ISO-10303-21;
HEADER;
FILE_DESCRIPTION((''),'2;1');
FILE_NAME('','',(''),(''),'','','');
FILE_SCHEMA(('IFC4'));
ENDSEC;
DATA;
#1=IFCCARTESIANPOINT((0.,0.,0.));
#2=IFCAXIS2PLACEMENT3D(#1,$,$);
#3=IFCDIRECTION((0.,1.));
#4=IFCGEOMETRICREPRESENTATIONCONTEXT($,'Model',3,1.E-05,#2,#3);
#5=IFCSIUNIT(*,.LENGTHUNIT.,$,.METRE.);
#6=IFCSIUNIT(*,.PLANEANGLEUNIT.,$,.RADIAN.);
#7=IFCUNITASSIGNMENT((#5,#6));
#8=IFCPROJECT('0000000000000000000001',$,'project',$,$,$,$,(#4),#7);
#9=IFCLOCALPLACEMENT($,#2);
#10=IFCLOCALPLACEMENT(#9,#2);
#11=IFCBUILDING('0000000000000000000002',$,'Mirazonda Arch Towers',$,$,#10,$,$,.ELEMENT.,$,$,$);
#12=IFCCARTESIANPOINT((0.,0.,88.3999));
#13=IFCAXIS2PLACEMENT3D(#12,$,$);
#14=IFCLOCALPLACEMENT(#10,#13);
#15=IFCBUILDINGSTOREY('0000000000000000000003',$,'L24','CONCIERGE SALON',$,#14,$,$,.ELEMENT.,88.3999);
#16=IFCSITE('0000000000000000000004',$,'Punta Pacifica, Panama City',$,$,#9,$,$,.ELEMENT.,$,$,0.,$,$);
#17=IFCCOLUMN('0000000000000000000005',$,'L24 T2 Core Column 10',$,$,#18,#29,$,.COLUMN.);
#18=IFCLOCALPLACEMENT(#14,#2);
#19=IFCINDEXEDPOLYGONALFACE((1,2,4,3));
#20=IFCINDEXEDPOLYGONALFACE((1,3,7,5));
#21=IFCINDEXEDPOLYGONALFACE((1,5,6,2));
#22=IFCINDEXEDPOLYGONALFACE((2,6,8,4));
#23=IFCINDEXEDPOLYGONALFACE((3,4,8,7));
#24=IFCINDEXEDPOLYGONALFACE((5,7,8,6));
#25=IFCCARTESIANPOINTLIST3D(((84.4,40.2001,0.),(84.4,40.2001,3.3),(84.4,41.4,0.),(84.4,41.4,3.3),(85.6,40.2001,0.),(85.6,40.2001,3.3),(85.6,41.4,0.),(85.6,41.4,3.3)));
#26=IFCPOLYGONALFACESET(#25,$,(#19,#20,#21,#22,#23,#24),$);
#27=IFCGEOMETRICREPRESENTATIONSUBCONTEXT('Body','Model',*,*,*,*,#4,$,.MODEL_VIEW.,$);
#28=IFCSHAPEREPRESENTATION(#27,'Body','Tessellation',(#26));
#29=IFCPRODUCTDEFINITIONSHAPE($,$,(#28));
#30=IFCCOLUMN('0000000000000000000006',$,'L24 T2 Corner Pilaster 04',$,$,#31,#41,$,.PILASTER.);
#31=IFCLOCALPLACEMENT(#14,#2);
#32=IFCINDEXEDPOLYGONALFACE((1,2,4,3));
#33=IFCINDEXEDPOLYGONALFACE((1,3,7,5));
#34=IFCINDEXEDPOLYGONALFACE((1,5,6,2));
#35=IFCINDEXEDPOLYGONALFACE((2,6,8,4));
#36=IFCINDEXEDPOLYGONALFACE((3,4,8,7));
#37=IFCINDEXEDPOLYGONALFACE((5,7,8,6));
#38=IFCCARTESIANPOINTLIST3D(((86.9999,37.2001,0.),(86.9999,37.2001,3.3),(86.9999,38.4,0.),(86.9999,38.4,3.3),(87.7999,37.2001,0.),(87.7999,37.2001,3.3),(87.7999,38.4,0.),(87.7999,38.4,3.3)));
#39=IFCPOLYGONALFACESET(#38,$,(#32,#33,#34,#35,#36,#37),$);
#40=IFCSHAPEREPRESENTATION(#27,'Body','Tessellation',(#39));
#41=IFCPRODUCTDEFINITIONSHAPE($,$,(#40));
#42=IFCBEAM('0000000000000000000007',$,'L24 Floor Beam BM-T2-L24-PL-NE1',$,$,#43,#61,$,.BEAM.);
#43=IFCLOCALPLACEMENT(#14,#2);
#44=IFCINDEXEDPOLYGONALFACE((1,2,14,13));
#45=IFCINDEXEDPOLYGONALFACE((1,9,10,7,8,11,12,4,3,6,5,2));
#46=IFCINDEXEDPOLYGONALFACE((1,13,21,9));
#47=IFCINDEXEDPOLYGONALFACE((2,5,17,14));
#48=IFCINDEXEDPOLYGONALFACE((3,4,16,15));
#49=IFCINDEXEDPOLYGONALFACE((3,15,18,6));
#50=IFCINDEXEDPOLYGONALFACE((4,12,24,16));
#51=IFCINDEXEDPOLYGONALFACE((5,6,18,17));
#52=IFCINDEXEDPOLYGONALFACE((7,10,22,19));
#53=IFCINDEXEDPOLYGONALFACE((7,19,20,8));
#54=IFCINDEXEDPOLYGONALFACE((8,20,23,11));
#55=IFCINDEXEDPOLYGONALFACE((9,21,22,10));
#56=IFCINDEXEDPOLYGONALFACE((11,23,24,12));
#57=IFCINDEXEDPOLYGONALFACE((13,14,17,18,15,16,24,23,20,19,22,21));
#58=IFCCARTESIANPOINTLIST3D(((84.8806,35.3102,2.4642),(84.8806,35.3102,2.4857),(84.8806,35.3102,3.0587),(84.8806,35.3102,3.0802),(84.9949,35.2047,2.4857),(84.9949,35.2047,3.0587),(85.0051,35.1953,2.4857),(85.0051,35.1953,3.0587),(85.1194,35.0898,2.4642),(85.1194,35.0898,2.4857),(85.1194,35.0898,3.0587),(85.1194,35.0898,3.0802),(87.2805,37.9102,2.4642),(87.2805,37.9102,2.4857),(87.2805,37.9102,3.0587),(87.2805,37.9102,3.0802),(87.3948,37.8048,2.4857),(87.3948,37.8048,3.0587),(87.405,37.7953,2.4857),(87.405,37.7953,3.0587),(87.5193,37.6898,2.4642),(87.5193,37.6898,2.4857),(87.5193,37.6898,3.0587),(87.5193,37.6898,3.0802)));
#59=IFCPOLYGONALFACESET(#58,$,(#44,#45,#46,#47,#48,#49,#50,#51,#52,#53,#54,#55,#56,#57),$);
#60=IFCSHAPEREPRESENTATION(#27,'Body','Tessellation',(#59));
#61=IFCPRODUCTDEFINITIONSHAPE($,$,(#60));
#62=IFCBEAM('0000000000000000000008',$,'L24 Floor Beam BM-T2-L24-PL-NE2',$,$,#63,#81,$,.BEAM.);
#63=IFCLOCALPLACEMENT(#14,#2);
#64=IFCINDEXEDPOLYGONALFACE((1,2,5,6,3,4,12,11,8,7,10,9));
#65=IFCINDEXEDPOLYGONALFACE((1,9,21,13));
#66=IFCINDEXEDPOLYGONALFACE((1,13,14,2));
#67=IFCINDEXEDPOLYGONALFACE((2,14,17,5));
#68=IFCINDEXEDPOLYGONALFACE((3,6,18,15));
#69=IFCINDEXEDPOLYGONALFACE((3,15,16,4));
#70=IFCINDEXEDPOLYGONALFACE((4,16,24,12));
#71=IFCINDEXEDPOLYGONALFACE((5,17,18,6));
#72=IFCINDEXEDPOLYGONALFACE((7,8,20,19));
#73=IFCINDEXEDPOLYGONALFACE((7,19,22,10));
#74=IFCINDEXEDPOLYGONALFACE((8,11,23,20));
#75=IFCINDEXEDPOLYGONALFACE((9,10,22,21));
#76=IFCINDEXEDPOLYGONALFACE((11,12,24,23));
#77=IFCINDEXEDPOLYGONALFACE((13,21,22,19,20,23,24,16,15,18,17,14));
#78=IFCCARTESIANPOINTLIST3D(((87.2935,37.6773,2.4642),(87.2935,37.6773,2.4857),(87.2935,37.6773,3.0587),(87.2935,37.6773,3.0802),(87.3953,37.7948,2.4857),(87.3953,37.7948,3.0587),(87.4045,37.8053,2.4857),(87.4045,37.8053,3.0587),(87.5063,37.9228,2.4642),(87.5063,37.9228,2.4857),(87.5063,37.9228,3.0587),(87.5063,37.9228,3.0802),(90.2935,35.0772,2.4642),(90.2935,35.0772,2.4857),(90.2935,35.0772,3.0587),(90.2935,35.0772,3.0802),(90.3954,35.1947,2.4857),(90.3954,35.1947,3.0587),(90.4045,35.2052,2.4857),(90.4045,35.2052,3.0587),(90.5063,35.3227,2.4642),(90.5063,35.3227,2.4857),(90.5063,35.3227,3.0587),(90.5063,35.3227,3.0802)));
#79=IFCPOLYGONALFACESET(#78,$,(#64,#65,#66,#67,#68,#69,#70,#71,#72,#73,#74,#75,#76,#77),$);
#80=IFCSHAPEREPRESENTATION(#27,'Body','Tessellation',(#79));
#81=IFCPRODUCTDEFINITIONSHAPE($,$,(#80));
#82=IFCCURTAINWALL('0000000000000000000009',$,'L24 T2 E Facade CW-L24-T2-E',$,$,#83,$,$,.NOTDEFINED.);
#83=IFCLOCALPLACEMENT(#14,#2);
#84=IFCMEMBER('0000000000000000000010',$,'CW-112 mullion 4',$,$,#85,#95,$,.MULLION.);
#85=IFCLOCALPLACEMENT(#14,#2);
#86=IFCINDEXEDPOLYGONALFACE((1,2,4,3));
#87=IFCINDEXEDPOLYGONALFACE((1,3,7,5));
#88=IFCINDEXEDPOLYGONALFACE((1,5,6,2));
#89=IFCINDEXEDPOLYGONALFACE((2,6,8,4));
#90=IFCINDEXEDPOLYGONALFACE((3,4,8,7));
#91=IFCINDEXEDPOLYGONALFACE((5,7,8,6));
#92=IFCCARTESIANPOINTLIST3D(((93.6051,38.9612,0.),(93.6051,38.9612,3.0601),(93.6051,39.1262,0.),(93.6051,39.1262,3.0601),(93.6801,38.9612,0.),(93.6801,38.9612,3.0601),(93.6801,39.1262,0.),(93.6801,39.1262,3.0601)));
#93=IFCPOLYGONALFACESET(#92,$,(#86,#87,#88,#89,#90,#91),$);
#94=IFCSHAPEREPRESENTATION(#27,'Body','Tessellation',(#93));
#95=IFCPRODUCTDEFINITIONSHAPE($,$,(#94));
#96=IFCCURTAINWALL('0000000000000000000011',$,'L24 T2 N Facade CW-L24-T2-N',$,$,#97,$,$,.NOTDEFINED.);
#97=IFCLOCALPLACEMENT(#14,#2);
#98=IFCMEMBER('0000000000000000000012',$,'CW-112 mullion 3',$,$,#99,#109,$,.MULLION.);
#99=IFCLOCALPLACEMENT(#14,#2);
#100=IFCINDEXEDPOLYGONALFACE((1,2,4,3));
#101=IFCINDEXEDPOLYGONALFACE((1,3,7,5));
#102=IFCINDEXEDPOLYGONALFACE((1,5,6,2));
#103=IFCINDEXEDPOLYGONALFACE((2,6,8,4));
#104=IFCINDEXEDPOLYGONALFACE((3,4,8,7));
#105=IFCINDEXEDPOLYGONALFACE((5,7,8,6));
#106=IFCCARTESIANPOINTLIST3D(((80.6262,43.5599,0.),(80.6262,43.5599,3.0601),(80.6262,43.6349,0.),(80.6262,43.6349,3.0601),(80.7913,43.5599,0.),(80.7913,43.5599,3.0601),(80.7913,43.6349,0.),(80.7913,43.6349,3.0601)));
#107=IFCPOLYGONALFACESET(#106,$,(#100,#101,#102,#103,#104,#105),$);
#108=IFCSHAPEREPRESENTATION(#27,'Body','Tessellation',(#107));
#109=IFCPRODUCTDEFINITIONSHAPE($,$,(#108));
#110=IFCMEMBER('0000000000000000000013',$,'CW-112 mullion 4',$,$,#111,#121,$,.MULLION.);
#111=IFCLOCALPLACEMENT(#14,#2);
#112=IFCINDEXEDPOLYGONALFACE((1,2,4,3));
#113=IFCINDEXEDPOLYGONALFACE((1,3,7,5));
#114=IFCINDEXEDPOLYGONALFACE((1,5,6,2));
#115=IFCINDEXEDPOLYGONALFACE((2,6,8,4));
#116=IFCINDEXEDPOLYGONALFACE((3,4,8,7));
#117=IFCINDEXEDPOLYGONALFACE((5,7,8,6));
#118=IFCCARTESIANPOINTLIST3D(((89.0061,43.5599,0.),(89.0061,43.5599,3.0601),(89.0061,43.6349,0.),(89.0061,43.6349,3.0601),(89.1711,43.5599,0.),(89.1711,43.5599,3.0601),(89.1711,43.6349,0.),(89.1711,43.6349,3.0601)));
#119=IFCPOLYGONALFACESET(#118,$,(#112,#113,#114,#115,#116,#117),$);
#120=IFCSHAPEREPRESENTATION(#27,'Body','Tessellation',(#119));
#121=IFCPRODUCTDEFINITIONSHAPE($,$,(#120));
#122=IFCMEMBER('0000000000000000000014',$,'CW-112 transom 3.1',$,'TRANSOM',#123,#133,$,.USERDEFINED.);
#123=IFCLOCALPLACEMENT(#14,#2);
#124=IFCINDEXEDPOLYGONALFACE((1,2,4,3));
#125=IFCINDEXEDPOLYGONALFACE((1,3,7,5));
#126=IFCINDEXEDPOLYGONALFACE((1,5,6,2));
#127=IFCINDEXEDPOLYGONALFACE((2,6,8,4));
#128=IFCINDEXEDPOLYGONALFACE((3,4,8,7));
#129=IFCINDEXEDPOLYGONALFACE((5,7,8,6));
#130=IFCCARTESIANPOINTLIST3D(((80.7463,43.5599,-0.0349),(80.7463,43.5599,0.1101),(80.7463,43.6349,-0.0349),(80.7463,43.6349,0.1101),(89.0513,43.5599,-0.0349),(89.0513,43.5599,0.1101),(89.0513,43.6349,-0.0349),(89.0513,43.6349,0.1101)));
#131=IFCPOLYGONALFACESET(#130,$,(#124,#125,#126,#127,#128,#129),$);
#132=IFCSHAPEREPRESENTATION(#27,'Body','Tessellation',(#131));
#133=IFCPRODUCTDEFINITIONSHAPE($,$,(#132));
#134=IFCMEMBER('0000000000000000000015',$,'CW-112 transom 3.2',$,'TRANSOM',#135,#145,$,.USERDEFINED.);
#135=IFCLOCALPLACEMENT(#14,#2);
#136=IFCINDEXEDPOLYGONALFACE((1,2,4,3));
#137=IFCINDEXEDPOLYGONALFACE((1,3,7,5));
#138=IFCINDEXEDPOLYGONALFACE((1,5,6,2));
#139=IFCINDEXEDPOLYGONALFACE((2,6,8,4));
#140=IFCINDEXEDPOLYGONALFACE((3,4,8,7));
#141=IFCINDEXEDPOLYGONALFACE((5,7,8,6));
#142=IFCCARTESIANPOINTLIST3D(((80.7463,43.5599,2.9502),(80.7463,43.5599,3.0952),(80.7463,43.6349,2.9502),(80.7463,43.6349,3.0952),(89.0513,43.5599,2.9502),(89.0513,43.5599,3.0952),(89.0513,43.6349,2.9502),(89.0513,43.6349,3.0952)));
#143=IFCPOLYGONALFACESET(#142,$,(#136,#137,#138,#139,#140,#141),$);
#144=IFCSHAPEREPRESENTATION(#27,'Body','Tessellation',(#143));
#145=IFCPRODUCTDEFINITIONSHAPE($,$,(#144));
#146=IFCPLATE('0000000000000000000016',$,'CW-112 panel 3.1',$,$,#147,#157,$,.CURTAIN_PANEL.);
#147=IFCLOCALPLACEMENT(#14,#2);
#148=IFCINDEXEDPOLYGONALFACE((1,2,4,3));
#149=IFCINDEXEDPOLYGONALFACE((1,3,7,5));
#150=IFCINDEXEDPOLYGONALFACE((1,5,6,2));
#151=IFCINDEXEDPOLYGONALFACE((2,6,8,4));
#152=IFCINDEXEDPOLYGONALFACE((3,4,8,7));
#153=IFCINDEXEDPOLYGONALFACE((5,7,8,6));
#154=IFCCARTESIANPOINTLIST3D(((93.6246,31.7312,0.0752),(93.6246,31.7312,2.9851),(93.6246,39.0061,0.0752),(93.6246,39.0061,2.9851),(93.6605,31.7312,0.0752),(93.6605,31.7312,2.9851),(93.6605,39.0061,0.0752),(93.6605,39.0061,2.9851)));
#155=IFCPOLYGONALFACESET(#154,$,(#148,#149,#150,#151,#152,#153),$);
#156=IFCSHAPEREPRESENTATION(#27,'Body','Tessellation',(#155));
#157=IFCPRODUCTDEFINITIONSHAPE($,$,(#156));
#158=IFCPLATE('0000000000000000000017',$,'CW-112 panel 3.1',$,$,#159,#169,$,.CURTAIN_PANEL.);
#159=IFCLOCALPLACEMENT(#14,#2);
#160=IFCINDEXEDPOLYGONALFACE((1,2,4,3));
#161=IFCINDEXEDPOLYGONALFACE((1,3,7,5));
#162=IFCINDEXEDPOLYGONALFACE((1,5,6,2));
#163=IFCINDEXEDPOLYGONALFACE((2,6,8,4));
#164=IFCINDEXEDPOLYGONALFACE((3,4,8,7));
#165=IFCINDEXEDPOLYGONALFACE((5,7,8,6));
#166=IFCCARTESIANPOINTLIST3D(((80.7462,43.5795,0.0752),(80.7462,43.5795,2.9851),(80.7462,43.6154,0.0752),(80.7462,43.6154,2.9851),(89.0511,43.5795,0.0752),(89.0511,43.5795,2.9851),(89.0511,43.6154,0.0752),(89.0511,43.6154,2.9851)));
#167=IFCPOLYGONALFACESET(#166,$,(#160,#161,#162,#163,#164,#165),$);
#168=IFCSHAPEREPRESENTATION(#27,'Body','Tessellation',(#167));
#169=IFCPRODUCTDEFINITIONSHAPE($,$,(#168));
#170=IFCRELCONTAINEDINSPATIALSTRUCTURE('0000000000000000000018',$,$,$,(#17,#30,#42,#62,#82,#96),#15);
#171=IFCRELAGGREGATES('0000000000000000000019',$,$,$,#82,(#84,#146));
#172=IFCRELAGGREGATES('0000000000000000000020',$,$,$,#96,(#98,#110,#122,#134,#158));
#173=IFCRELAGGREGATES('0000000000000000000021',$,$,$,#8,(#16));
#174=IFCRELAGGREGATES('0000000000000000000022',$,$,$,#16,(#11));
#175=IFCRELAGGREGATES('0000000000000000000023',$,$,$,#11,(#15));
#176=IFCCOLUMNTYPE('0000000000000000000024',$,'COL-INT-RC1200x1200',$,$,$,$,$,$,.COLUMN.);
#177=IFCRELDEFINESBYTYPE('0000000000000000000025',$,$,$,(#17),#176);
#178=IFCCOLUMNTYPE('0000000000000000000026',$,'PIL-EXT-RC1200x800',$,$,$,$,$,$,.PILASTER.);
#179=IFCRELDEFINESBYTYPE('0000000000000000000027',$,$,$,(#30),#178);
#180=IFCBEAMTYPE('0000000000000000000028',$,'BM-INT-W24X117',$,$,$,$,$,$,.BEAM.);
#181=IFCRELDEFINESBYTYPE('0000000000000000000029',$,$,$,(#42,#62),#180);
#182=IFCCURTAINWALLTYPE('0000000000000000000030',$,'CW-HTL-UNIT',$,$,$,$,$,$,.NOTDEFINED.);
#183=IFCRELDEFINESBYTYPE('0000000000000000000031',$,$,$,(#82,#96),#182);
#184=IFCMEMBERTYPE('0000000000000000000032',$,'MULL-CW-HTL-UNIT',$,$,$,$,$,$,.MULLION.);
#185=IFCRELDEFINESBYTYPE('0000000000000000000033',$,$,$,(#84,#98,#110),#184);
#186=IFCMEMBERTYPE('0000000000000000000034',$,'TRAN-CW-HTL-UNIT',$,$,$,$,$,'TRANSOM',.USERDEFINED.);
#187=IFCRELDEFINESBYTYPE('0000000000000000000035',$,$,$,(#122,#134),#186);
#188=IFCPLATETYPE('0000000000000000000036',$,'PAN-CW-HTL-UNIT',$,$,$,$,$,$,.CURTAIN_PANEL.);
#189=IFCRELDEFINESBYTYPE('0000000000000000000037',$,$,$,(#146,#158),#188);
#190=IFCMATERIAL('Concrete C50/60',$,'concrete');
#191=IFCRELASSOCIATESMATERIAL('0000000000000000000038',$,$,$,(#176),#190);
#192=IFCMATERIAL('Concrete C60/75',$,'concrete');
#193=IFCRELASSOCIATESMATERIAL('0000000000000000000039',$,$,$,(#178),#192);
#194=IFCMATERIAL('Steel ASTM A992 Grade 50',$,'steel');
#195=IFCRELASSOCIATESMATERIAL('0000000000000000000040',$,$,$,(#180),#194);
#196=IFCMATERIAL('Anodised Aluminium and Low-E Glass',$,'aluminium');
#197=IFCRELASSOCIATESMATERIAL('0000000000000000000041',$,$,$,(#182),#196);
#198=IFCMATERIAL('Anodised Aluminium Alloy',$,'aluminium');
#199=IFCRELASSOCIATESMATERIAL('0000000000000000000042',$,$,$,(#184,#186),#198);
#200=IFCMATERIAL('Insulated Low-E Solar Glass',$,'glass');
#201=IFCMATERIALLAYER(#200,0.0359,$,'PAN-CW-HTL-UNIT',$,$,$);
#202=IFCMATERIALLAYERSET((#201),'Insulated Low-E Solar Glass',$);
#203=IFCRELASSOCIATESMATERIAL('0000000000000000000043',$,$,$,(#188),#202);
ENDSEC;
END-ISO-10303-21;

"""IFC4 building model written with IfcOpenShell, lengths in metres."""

from ifc_helpers import new_model, si_unit, direction, frame, origin, origin_2d, place, context, subcontext, project, spatial, rectangle, i_section, extrude, material, layer, layer_set, material_profile, profile_set, type_object, element, aggregate, save


model = new_model("IFC4")

# Units and contexts
model_context = context("Model", 3, precision=1e-05, world=origin(), true_north=direction((0.0, 1.0)))
body_context = subcontext(model_context, "Body", "Model", "MODEL_VIEW")
ifc_project = project(units=[si_unit("LENGTHUNIT", "METRE"), si_unit("PLANEANGLEUNIT", "RADIAN")], contexts=[model_context])

# Site, building, storey
site_placement = place(None, origin())
site = spatial("IfcSite", under=ifc_project, at=site_placement, Name="Punta Pacifica, Panama City", CompositionType="ELEMENT", RefElevation=0.0)
building_placement = place(site_placement, origin())
building = spatial("IfcBuilding", under=site, at=building_placement, Name="Mirazonda Arch Towers", CompositionType="ELEMENT")
storey_placement = place(building_placement, frame((0.0, 0.0, 88.3999)))
storey = spatial("IfcBuildingStorey", under=building, at=storey_placement, Name="L24", Description="CONCIERGE SALON", CompositionType="ELEMENT", Elevation=88.3999)

# Columns
ifc_material_1 = material(Name="Concrete C50/60", Category="concrete")
ifc_material_profile_1 = material_profile(ifc_material_1, rectangle(XDim=1.2, YDim=1.2, at=origin_2d()), Name="RC1200x1200")
ifc_profile_set_1 = profile_set([ifc_material_profile_1], Name="Concrete C50/60")
column_type_1 = type_object("IfcColumnType", Name="COL-INT-RC1200x1200", PredefinedType="COLUMN", material=ifc_profile_set_1)
column_1_placement = place(storey_placement, frame((85.0, 40.8, 0.0), z_axis=(0.0, 0.0, 1.0), x_axis=(1.0, 0.0, 0.0)))
element("IfcColumn", 1, at=column_1_placement, inside=storey, type_object=column_type_1, Name="L24 T2 Core Column 10", PredefinedType="COLUMN", context=body_context, shape_type="SweptSolid", body=[
    extrude(rectangle(XDim=1.2, YDim=1.2, at=origin_2d()), origin(), (0.0, 0.0, 1.0), 3.3),
])
ifc_material_2 = material(Name="Concrete C60/75", Category="concrete")
ifc_material_profile_2 = material_profile(ifc_material_2, rectangle(XDim=0.8, YDim=1.2, at=origin_2d()), Name="RC1200x800")
ifc_profile_set_2 = profile_set([ifc_material_profile_2], Name="Concrete C60/75")
column_type_2 = type_object("IfcColumnType", Name="PIL-EXT-RC1200x800", PredefinedType="PILASTER", material=ifc_profile_set_2)
column_2_placement = place(storey_placement, frame((87.3999, 37.8, 0.0), z_axis=(0.0, 0.0, 1.0), x_axis=(1.0, 0.0, 0.0)))
element("IfcColumn", 2, at=column_2_placement, inside=storey, type_object=column_type_2, Name="L24 T2 Corner Pilaster 04", PredefinedType="PILASTER", context=body_context, shape_type="SweptSolid", body=[
    extrude(rectangle(XDim=0.8, YDim=1.2, at=origin_2d()), origin(), (0.0, 0.0, 1.0), 3.3),
])

# Beams
ifc_material_3 = material(Name="Steel ASTM A992 Grade 50", Category="steel")
ifc_material_profile_3 = material_profile(ifc_material_3, i_section(OverallWidth=0.325, OverallDepth=0.616, WebThickness=0.0139, FlangeThickness=0.0215, at=origin_2d()), Name="W24X117")
ifc_profile_set_3 = profile_set([ifc_material_profile_3], Name="Steel ASTM A992 Grade 50")
beam_type = type_object("IfcBeamType", Name="BM-INT-W24X117", PredefinedType="BEAM", material=ifc_profile_set_3)
beam_1_placement = place(storey_placement, frame((87.3999, 37.8, 2.7722), z_axis=(-0.678251, -0.73483, 0.0), x_axis=(0.73483, -0.678251, 0.0)))
element("IfcBeam", 3, at=beam_1_placement, inside=storey, type_object=beam_type, Name="L24 Floor Beam BM-T2-L24-PL-NE1", PredefinedType="BEAM", context=body_context, shape_type="SweptSolid", body=[
    extrude(i_section(OverallWidth=0.325, OverallDepth=0.616, WebThickness=0.0139, FlangeThickness=0.0215, at=origin_2d()), origin(), (0.0, 0.0, 1.0), 3.5383),
])
beam_2_placement = place(storey_placement, frame((87.3999, 37.8, 2.7722), z_axis=(0.755677, -0.654945, 0.0), x_axis=(0.654945, 0.755677, 0.0)))
element("IfcBeam", 4, at=beam_2_placement, inside=storey, type_object=beam_type, Name="L24 Floor Beam BM-T2-L24-PL-NE2", PredefinedType="BEAM", context=body_context, shape_type="SweptSolid", body=[
    extrude(i_section(OverallWidth=0.325, OverallDepth=0.616, WebThickness=0.0139, FlangeThickness=0.0215, at=origin_2d()), origin(), (0.0, 0.0, 1.0), 3.97),
])

# Curtain wall, member
ifc_material_4 = material(Name="Anodised Aluminium and Low-E Glass", Category="aluminium")
curtain_wall_type = type_object("IfcCurtainWallType", Name="CW-HTL-UNIT", PredefinedType="NOTDEFINED", material=ifc_material_4)
curtain_wall_1_placement = place(storey_placement, origin())
curtain_wall_1 = element("IfcCurtainWall", 5, at=curtain_wall_1_placement, inside=storey, type_object=curtain_wall_type, Name="L24 T2 E Facade CW-L24-T2-E", PredefinedType="NOTDEFINED")
ifc_material_5 = material(Name="Anodised Aluminium Alloy", Category="aluminium")
ifc_material_profile_4 = material_profile(ifc_material_5, rectangle(XDim=0.075, YDim=0.165, at=origin_2d()), Name="ALU-MULL-75x165")
ifc_profile_set_4 = profile_set([ifc_material_profile_4], Name="Anodised Aluminium Alloy")
member_type_1 = type_object("IfcMemberType", Name="MULL-CW-HTL-UNIT", PredefinedType="MULLION", material=ifc_profile_set_4)
member_1_placement = place(storey_placement, frame((93.6426, 39.0437, 0.0), z_axis=(0.0, 0.0, 1.0), x_axis=(-1.0, 0.0, 0.0)))
member_1 = element("IfcMember", 6, at=member_1_placement, type_object=member_type_1, Name="CW-112 mullion 4", PredefinedType="MULLION", context=body_context, shape_type="SweptSolid", body=[
    extrude(rectangle(XDim=0.075, YDim=0.165, at=origin_2d()), origin(), (0.0, 0.0, 1.0), 3.0601),
])

# Curtain wall, members
curtain_wall_2_placement = place(storey_placement, origin())
curtain_wall_2 = element("IfcCurtainWall", 7, at=curtain_wall_2_placement, inside=storey, type_object=curtain_wall_type, Name="L24 T2 N Facade CW-L24-T2-N", PredefinedType="NOTDEFINED")
member_2_placement = place(storey_placement, frame((80.7087, 43.5974, 0.0), z_axis=(0.0, 0.0, 1.0), x_axis=(0.0, 1.0, 0.0)))
member_2 = element("IfcMember", 8, at=member_2_placement, type_object=member_type_1, Name="CW-112 mullion 3", PredefinedType="MULLION", context=body_context, shape_type="SweptSolid", body=[
    extrude(rectangle(XDim=0.075, YDim=0.165, at=origin_2d()), origin(), (0.0, 0.0, 1.0), 3.0601),
])
member_3_placement = place(storey_placement, frame((89.0886, 43.5974, 0.0), z_axis=(0.0, 0.0, 1.0), x_axis=(0.0, 1.0, 0.0)))
member_3 = element("IfcMember", 9, at=member_3_placement, type_object=member_type_1, Name="CW-112 mullion 4", PredefinedType="MULLION", context=body_context, shape_type="SweptSolid", body=[
    extrude(rectangle(XDim=0.075, YDim=0.165, at=origin_2d()), origin(), (0.0, 0.0, 1.0), 3.0601),
])
ifc_material_profile_5 = material_profile(ifc_material_5, rectangle(XDim=0.075, YDim=0.145, at=origin_2d()), Name="ALU-TRAN-75x145")
ifc_profile_set_5 = profile_set([ifc_material_profile_5], Name="Anodised Aluminium Alloy")
member_type_2 = type_object("IfcMemberType", Name="TRAN-CW-HTL-UNIT", ElementType="TRANSOM", PredefinedType="USERDEFINED", material=ifc_profile_set_5)
member_4_placement = place(storey_placement, frame((80.7463, 43.5974, 0.0376), z_axis=(1.0, 0.0, 0.0), x_axis=(0.0, 1.0, 0.0)))
member_4 = element("IfcMember", 10, at=member_4_placement, type_object=member_type_2, Name="CW-112 transom 3.1", ObjectType="TRANSOM", PredefinedType="USERDEFINED", context=body_context, shape_type="SweptSolid", body=[
    extrude(rectangle(XDim=0.075, YDim=0.145, at=origin_2d()), origin(), (0.0, 0.0, 1.0), 8.3049),
])
member_5_placement = place(storey_placement, frame((80.7463, 43.5974, 3.0227), z_axis=(1.0, 0.0, 0.0), x_axis=(0.0, 1.0, 0.0)))
member_5 = element("IfcMember", 11, at=member_5_placement, type_object=member_type_2, Name="CW-112 transom 3.2", ObjectType="TRANSOM", PredefinedType="USERDEFINED", context=body_context, shape_type="SweptSolid", body=[
    extrude(rectangle(XDim=0.075, YDim=0.145, at=origin_2d()), origin(), (0.0, 0.0, 1.0), 8.3049),
])

# Plates
ifc_material_6 = material(Name="Insulated Low-E Solar Glass", Category="glass")
ifc_layer_1 = layer(ifc_material_6, 0.0359, Name="PAN-CW-HTL-UNIT")
ifc_layer_set_1 = layer_set([ifc_layer_1], Name="Insulated Low-E Solar Glass")
plate_type = type_object("IfcPlateType", Name="PAN-CW-HTL-UNIT", PredefinedType="CURTAIN_PANEL", material=ifc_layer_set_1)
plate_1_placement = place(storey_placement, frame((93.6426, 35.3687, 0.0752), z_axis=(0.0, 0.0, 1.0), x_axis=(0.0, 1.0, 0.0)))
plate_1 = element("IfcPlate", 12, at=plate_1_placement, type_object=plate_type, Name="CW-112 panel 3.1", PredefinedType="CURTAIN_PANEL", context=body_context, shape_type="SweptSolid", body=[
    extrude(rectangle(XDim=7.2749, YDim=0.0359, at=origin_2d()), origin(), (0.0, 0.0, 1.0), 2.9099),
])
aggregate(curtain_wall_1, [member_1, plate_1])
plate_2_placement = place(storey_placement, frame((84.8987, 43.5974, 0.0752), z_axis=(0.0, 0.0, 1.0), x_axis=(1.0, 0.0, 0.0)))
plate_2 = element("IfcPlate", 13, at=plate_2_placement, type_object=plate_type, Name="CW-112 panel 3.1", PredefinedType="CURTAIN_PANEL", context=body_context, shape_type="SweptSolid", body=[
    extrude(rectangle(XDim=8.3049, YDim=0.0359, at=origin_2d()), origin(), (0.0, 0.0, 1.0), 2.9099),
])
aggregate(curtain_wall_2, [member_2, member_3, member_4, member_5, plate_2])

save(model, "model.ifc")
